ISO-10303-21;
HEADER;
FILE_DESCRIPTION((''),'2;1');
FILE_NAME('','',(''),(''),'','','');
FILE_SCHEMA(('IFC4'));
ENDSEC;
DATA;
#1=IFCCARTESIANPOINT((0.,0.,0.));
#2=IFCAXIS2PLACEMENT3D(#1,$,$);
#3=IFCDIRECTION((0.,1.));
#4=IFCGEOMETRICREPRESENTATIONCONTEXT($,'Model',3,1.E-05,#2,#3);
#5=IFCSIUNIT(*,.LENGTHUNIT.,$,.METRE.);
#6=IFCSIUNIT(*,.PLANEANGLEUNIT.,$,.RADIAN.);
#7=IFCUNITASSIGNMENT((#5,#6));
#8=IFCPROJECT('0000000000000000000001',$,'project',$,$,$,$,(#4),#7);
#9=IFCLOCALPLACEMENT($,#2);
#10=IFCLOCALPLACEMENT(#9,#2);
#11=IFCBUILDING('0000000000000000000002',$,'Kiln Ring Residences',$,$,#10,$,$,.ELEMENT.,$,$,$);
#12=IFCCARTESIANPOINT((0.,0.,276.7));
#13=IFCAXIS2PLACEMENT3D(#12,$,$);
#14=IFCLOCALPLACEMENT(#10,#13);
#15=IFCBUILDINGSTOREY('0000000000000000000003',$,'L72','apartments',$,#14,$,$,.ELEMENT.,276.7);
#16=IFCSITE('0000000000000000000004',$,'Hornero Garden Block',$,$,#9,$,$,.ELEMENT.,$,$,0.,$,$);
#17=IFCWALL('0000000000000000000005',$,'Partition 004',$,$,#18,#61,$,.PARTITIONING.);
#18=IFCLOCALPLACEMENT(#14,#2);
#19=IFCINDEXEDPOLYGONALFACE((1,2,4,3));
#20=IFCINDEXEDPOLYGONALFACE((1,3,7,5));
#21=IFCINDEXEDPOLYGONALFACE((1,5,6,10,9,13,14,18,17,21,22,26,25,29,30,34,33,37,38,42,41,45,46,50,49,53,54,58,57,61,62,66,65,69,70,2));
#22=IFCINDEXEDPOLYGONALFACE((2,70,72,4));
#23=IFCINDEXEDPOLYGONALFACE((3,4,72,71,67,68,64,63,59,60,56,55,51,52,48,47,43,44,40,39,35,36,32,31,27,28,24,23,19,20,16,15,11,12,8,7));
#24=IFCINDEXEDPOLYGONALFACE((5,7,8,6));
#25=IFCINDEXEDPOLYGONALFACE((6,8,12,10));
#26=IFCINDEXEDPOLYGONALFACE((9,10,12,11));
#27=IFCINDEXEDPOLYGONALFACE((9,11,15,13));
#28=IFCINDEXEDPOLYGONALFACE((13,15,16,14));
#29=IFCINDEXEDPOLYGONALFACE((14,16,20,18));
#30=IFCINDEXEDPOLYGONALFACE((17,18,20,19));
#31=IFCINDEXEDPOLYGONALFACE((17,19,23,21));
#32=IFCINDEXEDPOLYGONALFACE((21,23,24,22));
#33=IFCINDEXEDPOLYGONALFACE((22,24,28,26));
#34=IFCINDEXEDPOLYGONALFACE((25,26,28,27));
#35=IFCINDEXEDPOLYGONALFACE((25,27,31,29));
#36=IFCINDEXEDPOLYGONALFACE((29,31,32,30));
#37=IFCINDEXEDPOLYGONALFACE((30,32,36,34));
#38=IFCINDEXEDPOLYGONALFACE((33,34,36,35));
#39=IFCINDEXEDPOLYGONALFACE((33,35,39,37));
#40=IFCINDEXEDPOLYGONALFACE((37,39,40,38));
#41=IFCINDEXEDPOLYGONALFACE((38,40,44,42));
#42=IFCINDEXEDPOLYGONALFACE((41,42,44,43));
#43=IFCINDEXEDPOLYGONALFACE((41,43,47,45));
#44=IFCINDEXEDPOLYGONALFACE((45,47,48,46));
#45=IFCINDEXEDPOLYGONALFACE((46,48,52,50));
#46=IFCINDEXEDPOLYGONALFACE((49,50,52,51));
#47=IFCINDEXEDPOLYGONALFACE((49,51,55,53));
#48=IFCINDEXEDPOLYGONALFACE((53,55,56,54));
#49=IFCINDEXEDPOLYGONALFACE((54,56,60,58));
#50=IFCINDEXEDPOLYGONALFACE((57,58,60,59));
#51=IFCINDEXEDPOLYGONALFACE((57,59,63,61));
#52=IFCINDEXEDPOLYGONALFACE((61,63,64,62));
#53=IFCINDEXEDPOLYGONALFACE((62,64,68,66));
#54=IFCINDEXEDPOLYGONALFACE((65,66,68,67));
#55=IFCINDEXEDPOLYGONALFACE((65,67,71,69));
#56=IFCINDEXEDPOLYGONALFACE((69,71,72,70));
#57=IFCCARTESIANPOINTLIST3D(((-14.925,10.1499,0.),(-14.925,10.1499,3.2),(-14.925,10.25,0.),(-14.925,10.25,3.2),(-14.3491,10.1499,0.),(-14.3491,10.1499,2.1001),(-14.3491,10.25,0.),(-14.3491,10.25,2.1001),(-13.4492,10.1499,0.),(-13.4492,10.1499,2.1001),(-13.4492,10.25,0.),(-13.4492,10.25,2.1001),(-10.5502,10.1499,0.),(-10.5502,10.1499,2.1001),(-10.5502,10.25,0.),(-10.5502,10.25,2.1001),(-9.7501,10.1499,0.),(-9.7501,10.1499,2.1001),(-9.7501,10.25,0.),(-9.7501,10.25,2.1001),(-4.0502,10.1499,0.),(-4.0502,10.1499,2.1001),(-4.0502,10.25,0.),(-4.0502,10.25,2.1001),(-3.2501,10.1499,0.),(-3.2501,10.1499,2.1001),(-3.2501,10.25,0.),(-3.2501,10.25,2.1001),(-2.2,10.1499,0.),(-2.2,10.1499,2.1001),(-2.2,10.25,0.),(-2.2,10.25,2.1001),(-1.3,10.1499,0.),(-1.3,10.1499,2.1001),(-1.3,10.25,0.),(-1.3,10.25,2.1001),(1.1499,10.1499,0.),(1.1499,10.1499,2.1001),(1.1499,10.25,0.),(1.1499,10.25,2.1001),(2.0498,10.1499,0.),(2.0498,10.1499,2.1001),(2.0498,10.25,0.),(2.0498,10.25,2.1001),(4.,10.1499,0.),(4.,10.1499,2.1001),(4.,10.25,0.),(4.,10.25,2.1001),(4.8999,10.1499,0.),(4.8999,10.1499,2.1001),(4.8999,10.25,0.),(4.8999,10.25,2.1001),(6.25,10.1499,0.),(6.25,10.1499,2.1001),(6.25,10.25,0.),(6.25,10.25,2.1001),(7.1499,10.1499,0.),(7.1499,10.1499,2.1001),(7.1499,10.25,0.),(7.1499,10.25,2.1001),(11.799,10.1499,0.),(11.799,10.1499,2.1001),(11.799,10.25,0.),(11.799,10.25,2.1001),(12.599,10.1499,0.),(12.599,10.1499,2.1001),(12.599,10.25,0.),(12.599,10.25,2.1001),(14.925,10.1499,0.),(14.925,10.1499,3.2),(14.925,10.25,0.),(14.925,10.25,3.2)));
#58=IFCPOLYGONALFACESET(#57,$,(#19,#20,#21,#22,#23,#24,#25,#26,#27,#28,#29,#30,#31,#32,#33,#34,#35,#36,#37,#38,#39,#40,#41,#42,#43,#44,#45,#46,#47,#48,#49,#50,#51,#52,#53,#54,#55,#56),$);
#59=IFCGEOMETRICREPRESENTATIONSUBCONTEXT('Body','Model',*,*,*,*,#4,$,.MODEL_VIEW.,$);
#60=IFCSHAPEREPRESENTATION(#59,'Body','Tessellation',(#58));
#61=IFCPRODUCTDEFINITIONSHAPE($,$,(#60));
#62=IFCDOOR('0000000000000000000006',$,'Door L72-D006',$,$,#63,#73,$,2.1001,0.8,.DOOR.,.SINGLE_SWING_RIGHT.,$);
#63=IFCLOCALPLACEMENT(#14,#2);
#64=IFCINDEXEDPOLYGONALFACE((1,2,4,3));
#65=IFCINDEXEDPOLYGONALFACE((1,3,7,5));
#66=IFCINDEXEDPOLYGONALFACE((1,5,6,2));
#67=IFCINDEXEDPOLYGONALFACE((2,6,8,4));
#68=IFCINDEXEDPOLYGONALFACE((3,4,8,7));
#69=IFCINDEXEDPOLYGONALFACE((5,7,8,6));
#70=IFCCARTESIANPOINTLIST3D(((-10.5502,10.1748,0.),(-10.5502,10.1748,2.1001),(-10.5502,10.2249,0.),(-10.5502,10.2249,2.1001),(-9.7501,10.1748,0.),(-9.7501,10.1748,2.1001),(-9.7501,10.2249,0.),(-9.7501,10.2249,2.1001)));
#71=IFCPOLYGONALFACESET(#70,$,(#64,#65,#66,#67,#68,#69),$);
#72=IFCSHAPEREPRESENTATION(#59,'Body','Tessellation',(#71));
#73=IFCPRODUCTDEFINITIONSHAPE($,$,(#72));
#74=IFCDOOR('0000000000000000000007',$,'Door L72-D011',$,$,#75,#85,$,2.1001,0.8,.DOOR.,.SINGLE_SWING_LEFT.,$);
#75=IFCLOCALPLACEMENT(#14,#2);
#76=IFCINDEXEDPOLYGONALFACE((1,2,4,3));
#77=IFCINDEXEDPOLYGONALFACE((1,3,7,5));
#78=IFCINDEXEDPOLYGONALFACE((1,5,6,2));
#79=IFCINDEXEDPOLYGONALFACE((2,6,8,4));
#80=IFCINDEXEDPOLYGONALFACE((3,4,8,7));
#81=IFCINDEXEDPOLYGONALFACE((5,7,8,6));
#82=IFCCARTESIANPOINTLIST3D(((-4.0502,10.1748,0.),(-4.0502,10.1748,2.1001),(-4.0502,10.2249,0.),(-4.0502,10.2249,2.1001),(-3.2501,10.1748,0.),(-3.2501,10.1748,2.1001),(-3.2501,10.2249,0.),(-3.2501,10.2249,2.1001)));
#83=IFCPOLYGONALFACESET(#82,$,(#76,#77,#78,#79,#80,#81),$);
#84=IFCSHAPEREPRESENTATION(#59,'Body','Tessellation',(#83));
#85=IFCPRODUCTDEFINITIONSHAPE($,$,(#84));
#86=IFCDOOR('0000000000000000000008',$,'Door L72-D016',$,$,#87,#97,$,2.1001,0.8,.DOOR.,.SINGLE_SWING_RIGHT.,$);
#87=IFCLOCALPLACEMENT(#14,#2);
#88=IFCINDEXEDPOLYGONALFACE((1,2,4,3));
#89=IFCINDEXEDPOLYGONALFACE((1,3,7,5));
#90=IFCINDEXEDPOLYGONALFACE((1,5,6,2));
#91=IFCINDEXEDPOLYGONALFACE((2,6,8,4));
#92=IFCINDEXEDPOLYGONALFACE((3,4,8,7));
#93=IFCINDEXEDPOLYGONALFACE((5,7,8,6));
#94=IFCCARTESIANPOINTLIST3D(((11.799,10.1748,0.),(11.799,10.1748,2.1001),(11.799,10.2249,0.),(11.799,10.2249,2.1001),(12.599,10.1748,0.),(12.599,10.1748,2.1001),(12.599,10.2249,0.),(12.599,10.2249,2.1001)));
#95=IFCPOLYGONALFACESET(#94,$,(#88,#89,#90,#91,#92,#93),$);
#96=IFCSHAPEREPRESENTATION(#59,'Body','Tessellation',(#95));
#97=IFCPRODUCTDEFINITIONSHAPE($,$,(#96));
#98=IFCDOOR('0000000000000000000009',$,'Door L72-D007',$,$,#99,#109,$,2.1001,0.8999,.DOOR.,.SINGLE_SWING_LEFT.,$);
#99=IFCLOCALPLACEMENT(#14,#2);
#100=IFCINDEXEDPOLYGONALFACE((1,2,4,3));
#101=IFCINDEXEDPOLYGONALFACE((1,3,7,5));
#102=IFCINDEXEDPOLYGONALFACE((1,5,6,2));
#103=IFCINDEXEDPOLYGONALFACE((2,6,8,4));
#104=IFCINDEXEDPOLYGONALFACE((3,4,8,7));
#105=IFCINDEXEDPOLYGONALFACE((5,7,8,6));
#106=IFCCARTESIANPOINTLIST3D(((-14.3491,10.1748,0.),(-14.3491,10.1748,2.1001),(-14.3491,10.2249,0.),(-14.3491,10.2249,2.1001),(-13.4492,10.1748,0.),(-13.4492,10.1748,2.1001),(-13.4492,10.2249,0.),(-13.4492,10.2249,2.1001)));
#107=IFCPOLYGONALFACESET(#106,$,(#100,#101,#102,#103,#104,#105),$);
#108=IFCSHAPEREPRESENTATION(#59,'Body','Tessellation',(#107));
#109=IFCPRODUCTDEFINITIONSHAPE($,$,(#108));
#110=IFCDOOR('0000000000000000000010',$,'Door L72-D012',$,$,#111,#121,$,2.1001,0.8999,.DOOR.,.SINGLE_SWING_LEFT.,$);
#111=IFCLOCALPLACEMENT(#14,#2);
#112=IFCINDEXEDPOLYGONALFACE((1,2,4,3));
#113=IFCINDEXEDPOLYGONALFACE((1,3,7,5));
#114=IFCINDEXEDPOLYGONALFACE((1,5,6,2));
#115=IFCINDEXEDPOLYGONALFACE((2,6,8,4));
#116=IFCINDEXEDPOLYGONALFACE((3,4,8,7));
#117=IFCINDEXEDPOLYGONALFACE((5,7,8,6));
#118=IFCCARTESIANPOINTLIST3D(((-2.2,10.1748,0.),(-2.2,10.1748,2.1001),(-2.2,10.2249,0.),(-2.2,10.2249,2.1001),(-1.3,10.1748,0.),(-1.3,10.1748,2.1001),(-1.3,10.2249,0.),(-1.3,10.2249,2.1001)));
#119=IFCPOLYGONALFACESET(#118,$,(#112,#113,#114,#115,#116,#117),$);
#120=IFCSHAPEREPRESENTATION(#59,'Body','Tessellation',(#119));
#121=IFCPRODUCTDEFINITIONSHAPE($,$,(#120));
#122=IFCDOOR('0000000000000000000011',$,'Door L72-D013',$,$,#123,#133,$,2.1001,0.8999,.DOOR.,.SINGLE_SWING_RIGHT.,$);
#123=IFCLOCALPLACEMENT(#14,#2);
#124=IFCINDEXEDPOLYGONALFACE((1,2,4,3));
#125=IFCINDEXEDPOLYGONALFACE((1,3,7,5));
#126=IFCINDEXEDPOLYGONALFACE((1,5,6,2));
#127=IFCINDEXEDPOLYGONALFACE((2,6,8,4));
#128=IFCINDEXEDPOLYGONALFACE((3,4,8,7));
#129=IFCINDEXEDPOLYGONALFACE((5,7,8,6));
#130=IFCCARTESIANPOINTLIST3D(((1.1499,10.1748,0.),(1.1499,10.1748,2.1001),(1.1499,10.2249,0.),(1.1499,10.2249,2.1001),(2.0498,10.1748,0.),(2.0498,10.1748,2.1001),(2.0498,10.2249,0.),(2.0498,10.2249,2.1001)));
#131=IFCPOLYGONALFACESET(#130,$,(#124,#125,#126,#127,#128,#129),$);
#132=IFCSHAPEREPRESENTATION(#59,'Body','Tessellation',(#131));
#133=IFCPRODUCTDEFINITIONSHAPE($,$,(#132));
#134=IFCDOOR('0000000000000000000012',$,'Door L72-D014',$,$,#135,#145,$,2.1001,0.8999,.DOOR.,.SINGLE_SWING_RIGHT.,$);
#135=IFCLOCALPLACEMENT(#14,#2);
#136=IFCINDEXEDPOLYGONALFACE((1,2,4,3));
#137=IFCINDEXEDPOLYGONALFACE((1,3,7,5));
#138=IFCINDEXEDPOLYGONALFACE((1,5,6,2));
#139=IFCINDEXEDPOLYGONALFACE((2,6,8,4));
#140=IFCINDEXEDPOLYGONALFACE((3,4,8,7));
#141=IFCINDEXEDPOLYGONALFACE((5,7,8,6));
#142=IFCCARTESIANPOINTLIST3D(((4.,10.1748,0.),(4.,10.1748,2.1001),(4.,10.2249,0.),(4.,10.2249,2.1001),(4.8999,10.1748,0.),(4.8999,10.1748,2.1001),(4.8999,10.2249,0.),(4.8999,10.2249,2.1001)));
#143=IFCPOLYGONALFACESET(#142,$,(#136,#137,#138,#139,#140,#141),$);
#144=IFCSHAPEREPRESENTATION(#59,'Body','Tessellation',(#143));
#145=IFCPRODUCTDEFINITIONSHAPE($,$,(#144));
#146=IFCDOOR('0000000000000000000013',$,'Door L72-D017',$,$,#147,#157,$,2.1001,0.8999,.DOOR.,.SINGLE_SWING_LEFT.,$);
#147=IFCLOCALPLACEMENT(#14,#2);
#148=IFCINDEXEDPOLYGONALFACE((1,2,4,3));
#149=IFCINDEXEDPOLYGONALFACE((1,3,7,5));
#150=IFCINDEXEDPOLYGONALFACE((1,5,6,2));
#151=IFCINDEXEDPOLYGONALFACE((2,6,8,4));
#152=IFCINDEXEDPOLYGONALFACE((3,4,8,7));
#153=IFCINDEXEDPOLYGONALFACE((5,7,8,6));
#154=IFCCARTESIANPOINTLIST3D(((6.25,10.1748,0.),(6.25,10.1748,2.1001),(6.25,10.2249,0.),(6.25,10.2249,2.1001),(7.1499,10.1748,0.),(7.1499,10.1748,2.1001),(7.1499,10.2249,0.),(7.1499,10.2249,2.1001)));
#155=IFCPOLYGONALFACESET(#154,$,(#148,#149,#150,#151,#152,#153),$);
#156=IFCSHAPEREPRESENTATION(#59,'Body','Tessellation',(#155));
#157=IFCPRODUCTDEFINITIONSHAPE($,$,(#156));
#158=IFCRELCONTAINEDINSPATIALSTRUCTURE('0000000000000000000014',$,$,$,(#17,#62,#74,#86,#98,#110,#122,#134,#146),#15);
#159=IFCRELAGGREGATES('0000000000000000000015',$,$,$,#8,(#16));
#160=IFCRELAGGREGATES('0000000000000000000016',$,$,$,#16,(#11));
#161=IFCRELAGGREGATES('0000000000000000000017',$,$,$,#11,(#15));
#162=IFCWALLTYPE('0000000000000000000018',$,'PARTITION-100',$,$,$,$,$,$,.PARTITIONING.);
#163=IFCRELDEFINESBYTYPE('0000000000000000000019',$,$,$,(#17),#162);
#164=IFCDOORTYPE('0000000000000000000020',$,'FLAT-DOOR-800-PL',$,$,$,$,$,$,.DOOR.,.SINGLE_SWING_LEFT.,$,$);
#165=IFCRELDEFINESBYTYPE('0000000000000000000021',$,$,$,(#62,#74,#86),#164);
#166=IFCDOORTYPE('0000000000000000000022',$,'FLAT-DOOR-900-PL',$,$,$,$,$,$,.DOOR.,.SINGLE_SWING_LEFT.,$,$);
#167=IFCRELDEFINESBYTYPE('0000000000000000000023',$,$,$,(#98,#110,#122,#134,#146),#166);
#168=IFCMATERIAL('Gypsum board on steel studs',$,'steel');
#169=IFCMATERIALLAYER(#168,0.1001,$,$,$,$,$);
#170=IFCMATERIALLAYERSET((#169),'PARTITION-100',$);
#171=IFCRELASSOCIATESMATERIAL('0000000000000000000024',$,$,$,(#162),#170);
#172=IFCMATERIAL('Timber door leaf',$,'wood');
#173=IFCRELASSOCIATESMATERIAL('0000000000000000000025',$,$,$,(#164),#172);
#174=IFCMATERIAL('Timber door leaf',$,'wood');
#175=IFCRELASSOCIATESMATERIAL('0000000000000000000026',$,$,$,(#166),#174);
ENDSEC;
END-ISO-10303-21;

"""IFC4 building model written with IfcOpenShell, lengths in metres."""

from ifc_helpers import new_model, si_unit, direction, frame, frame_2d, origin, place, context, subcontext, project, spatial, rectangle, extrude, material, layer, layer_set, type_object, element, fill, save


model = new_model("IFC4")

# Units and contexts
model_context = context("Model", 3, precision=1e-05, world=origin(), true_north=direction((0.0, 1.0)))
body_context = subcontext(model_context, "Body", "Model", "MODEL_VIEW")
ifc_project = project(units=[si_unit("LENGTHUNIT", "METRE"), si_unit("PLANEANGLEUNIT", "RADIAN")], contexts=[model_context])

# Site, building, storey
site_placement = place(None, origin())
site = spatial("IfcSite", under=ifc_project, at=site_placement, Name="Hornero Garden Block", CompositionType="ELEMENT", RefElevation=0.0)
building_placement = place(site_placement, origin())
building = spatial("IfcBuilding", under=site, at=building_placement, Name="Kiln Ring Residences", CompositionType="ELEMENT")
storey_placement = place(building_placement, frame((0.0, 0.0, 276.7)))
storey = spatial("IfcBuildingStorey", under=building, at=storey_placement, Name="L72", Description="apartments", CompositionType="ELEMENT", Elevation=276.7)

# Wall, openings, doors
ifc_material_1 = material(Name="Gypsum board on steel studs", Category="steel")
ifc_layer_1 = layer(ifc_material_1, 0.1001)
ifc_layer_set_1 = layer_set([ifc_layer_1], Name="PARTITION-100")
wall_type_1 = type_object("IfcWallType", Name="PARTITION-100", PredefinedType="PARTITIONING", material=ifc_layer_set_1)
wall_1_placement = place(storey_placement, frame((-14.925, 10.2, 0.0), z_axis=(0.0, 0.0, 1.0), x_axis=(1.0, 0.0, 0.0)))
wall_1 = element("IfcWall", 1, at=wall_1_placement, inside=storey, type_object=wall_type_1, Name="Partition 004", PredefinedType="PARTITIONING", context=body_context, shape_type="SweptSolid", body=[
    extrude(rectangle(XDim=29.8501, YDim=0.1001, at=frame_2d((14.925, 0.0))), origin(), (0.0, 0.0, 1.0), 3.2),
])
opening_1_placement = place(wall_1_placement, frame((4.375, 0.0, 0.0)))
opening_1 = element("IfcOpeningElement", 2, at=opening_1_placement, cuts=wall_1, PredefinedType="OPENING", context=body_context, shape_type="SweptSolid", body=[
    extrude(rectangle(XDim=0.8, YDim=2.1001, at=frame_2d((0.3999, 1.05))), frame((0.0, 0.0601, 0.0), z_axis=(0.0, -1.0, 0.0), x_axis=(1.0, 0.0, 0.0)), (0.0, 0.0, 1.0), 0.1201),
])
opening_2_placement = place(wall_1_placement, frame((0.5759, 0.0, 0.0)))
opening_2 = element("IfcOpeningElement", 3, at=opening_2_placement, cuts=wall_1, PredefinedType="OPENING", context=body_context, shape_type="SweptSolid", body=[
    extrude(rectangle(XDim=0.8999, YDim=2.1001, at=frame_2d((0.45, 1.05))), frame((0.0, 0.0601, 0.0), z_axis=(0.0, -1.0, 0.0), x_axis=(1.0, 0.0, 0.0)), (0.0, 0.0, 1.0), 0.1201),
])
opening_3_placement = place(wall_1_placement, frame((10.875, 0.0, 0.0)))
opening_3 = element("IfcOpeningElement", 4, at=opening_3_placement, cuts=wall_1, PredefinedType="OPENING", context=body_context, shape_type="SweptSolid", body=[
    extrude(rectangle(XDim=0.8, YDim=2.1001, at=frame_2d((0.3999, 1.05))), frame((0.0, 0.0601, 0.0), z_axis=(0.0, -1.0, 0.0), x_axis=(1.0, 0.0, 0.0)), (0.0, 0.0, 1.0), 0.1201),
])
opening_4_placement = place(wall_1_placement, frame((12.7251, 0.0, 0.0)))
opening_4 = element("IfcOpeningElement", 5, at=opening_4_placement, cuts=wall_1, PredefinedType="OPENING", context=body_context, shape_type="SweptSolid", body=[
    extrude(rectangle(XDim=0.8999, YDim=2.1001, at=frame_2d((0.45, 1.05))), frame((0.0, 0.0601, 0.0), z_axis=(0.0, -1.0, 0.0), x_axis=(1.0, 0.0, 0.0)), (0.0, 0.0, 1.0), 0.1201),
])
opening_5_placement = place(wall_1_placement, frame((16.075, 0.0, 0.0)))
opening_5 = element("IfcOpeningElement", 6, at=opening_5_placement, cuts=wall_1, PredefinedType="OPENING", context=body_context, shape_type="SweptSolid", body=[
    extrude(rectangle(XDim=0.8999, YDim=2.1001, at=frame_2d((0.45, 1.05))), frame((0.0, 0.0601, 0.0), z_axis=(0.0, -1.0, 0.0), x_axis=(1.0, 0.0, 0.0)), (0.0, 0.0, 1.0), 0.1201),
])
opening_6_placement = place(wall_1_placement, frame((18.925, 0.0, 0.0)))
opening_6 = element("IfcOpeningElement", 7, at=opening_6_placement, cuts=wall_1, PredefinedType="OPENING", context=body_context, shape_type="SweptSolid", body=[
    extrude(rectangle(XDim=0.8999, YDim=2.1001, at=frame_2d((0.45, 1.05))), frame((0.0, 0.0601, 0.0), z_axis=(0.0, -1.0, 0.0), x_axis=(1.0, 0.0, 0.0)), (0.0, 0.0, 1.0), 0.1201),
])
opening_7_placement = place(wall_1_placement, frame((26.7241, 0.0, 0.0)))
opening_7 = element("IfcOpeningElement", 8, at=opening_7_placement, cuts=wall_1, PredefinedType="OPENING", context=body_context, shape_type="SweptSolid", body=[
    extrude(rectangle(XDim=0.8, YDim=2.1001, at=frame_2d((0.3999, 1.05))), frame((0.0, 0.0601, 0.0), z_axis=(0.0, -1.0, 0.0), x_axis=(1.0, 0.0, 0.0)), (0.0, 0.0, 1.0), 0.1201),
])
opening_8_placement = place(wall_1_placement, frame((21.175, 0.0, 0.0)))
opening_8 = element("IfcOpeningElement", 9, at=opening_8_placement, cuts=wall_1, PredefinedType="OPENING", context=body_context, shape_type="SweptSolid", body=[
    extrude(rectangle(XDim=0.8999, YDim=2.1001, at=frame_2d((0.45, 1.05))), frame((0.0, 0.0601, 0.0), z_axis=(0.0, -1.0, 0.0), x_axis=(1.0, 0.0, 0.0)), (0.0, 0.0, 1.0), 0.1201),
])
ifc_material_2 = material(Name="Timber door leaf", Category="wood")
door_type_1 = type_object("IfcDoorType", Name="FLAT-DOOR-800-PL", OperationType="SINGLE_SWING_LEFT", PredefinedType="DOOR", material=ifc_material_2)
door_1_placement = place(opening_1_placement, origin())
door_1 = element("IfcDoor", 10, at=door_1_placement, inside=storey, type_object=door_type_1, Name="Door L72-D006", OperationType="SINGLE_SWING_RIGHT", OverallHeight=2.1001, OverallWidth=0.8, PredefinedType="DOOR", context=body_context, shape_type="SweptSolid", body=[
    extrude(rectangle(XDim=0.8, YDim=2.1001, at=frame_2d((0.3999, 1.05))), frame((0.0, 0.0249, 0.0), z_axis=(0.0, -1.0, 0.0), x_axis=(1.0, 0.0, 0.0)), (0.0, 0.0, 1.0), 0.05),
])
fill(opening_1, door_1)
door_2_placement = place(opening_3_placement, origin())
door_2 = element("IfcDoor", 11, at=door_2_placement, inside=storey, type_object=door_type_1, Name="Door L72-D011", OperationType="SINGLE_SWING_LEFT", OverallHeight=2.1001, OverallWidth=0.8, PredefinedType="DOOR", context=body_context, shape_type="SweptSolid", body=[
    extrude(rectangle(XDim=0.8, YDim=2.1001, at=frame_2d((0.3999, 1.05))), frame((0.0, 0.0249, 0.0), z_axis=(0.0, -1.0, 0.0), x_axis=(1.0, 0.0, 0.0)), (0.0, 0.0, 1.0), 0.05),
])
fill(opening_3, door_2)
door_3_placement = place(opening_7_placement, origin())
door_3 = element("IfcDoor", 12, at=door_3_placement, inside=storey, type_object=door_type_1, Name="Door L72-D016", OperationType="SINGLE_SWING_RIGHT", OverallHeight=2.1001, OverallWidth=0.8, PredefinedType="DOOR", context=body_context, shape_type="SweptSolid", body=[
    extrude(rectangle(XDim=0.8, YDim=2.1001, at=frame_2d((0.3999, 1.05))), frame((0.0, 0.0249, 0.0), z_axis=(0.0, -1.0, 0.0), x_axis=(1.0, 0.0, 0.0)), (0.0, 0.0, 1.0), 0.05),
])
fill(opening_7, door_3)
ifc_material_3 = material(Name="Timber door leaf", Category="wood")
door_type_2 = type_object("IfcDoorType", Name="FLAT-DOOR-900-PL", OperationType="SINGLE_SWING_LEFT", PredefinedType="DOOR", material=ifc_material_3)
door_4_placement = place(opening_2_placement, origin())
door_4 = element("IfcDoor", 13, at=door_4_placement, inside=storey, type_object=door_type_2, Name="Door L72-D007", OperationType="SINGLE_SWING_LEFT", OverallHeight=2.1001, OverallWidth=0.8999, PredefinedType="DOOR", context=body_context, shape_type="SweptSolid", body=[
    extrude(rectangle(XDim=0.8999, YDim=2.1001, at=frame_2d((0.45, 1.05))), frame((0.0, 0.0249, 0.0), z_axis=(0.0, -1.0, 0.0), x_axis=(1.0, 0.0, 0.0)), (0.0, 0.0, 1.0), 0.05),
])
fill(opening_2, door_4)
door_5_placement = place(opening_4_placement, origin())
door_5 = element("IfcDoor", 14, at=door_5_placement, inside=storey, type_object=door_type_2, Name="Door L72-D012", OperationType="SINGLE_SWING_LEFT", OverallHeight=2.1001, OverallWidth=0.8999, PredefinedType="DOOR", context=body_context, shape_type="SweptSolid", body=[
    extrude(rectangle(XDim=0.8999, YDim=2.1001, at=frame_2d((0.45, 1.05))), frame((0.0, 0.0249, 0.0), z_axis=(0.0, -1.0, 0.0), x_axis=(1.0, 0.0, 0.0)), (0.0, 0.0, 1.0), 0.05),
])
fill(opening_4, door_5)
door_6_placement = place(opening_5_placement, origin())
door_6 = element("IfcDoor", 15, at=door_6_placement, inside=storey, type_object=door_type_2, Name="Door L72-D013", OperationType="SINGLE_SWING_RIGHT", OverallHeight=2.1001, OverallWidth=0.8999, PredefinedType="DOOR", context=body_context, shape_type="SweptSolid", body=[
    extrude(rectangle(XDim=0.8999, YDim=2.1001, at=frame_2d((0.45, 1.05))), frame((0.0, 0.0249, 0.0), z_axis=(0.0, -1.0, 0.0), x_axis=(1.0, 0.0, 0.0)), (0.0, 0.0, 1.0), 0.05),
])
fill(opening_5, door_6)
door_7_placement = place(opening_6_placement, origin())
door_7 = element("IfcDoor", 16, at=door_7_placement, inside=storey, type_object=door_type_2, Name="Door L72-D014", OperationType="SINGLE_SWING_RIGHT", OverallHeight=2.1001, OverallWidth=0.8999, PredefinedType="DOOR", context=body_context, shape_type="SweptSolid", body=[
    extrude(rectangle(XDim=0.8999, YDim=2.1001, at=frame_2d((0.45, 1.05))), frame((0.0, 0.0249, 0.0), z_axis=(0.0, -1.0, 0.0), x_axis=(1.0, 0.0, 0.0)), (0.0, 0.0, 1.0), 0.05),
])
fill(opening_6, door_7)
door_8_placement = place(opening_8_placement, origin())
door_8 = element("IfcDoor", 17, at=door_8_placement, inside=storey, type_object=door_type_2, Name="Door L72-D017", OperationType="SINGLE_SWING_LEFT", OverallHeight=2.1001, OverallWidth=0.8999, PredefinedType="DOOR", context=body_context, shape_type="SweptSolid", body=[
    extrude(rectangle(XDim=0.8999, YDim=2.1001, at=frame_2d((0.45, 1.05))), frame((0.0, 0.0249, 0.0), z_axis=(0.0, -1.0, 0.0), x_axis=(1.0, 0.0, 0.0)), (0.0, 0.0, 1.0), 0.05),
])
fill(opening_8, door_8)

save(model, "model.ifc")
